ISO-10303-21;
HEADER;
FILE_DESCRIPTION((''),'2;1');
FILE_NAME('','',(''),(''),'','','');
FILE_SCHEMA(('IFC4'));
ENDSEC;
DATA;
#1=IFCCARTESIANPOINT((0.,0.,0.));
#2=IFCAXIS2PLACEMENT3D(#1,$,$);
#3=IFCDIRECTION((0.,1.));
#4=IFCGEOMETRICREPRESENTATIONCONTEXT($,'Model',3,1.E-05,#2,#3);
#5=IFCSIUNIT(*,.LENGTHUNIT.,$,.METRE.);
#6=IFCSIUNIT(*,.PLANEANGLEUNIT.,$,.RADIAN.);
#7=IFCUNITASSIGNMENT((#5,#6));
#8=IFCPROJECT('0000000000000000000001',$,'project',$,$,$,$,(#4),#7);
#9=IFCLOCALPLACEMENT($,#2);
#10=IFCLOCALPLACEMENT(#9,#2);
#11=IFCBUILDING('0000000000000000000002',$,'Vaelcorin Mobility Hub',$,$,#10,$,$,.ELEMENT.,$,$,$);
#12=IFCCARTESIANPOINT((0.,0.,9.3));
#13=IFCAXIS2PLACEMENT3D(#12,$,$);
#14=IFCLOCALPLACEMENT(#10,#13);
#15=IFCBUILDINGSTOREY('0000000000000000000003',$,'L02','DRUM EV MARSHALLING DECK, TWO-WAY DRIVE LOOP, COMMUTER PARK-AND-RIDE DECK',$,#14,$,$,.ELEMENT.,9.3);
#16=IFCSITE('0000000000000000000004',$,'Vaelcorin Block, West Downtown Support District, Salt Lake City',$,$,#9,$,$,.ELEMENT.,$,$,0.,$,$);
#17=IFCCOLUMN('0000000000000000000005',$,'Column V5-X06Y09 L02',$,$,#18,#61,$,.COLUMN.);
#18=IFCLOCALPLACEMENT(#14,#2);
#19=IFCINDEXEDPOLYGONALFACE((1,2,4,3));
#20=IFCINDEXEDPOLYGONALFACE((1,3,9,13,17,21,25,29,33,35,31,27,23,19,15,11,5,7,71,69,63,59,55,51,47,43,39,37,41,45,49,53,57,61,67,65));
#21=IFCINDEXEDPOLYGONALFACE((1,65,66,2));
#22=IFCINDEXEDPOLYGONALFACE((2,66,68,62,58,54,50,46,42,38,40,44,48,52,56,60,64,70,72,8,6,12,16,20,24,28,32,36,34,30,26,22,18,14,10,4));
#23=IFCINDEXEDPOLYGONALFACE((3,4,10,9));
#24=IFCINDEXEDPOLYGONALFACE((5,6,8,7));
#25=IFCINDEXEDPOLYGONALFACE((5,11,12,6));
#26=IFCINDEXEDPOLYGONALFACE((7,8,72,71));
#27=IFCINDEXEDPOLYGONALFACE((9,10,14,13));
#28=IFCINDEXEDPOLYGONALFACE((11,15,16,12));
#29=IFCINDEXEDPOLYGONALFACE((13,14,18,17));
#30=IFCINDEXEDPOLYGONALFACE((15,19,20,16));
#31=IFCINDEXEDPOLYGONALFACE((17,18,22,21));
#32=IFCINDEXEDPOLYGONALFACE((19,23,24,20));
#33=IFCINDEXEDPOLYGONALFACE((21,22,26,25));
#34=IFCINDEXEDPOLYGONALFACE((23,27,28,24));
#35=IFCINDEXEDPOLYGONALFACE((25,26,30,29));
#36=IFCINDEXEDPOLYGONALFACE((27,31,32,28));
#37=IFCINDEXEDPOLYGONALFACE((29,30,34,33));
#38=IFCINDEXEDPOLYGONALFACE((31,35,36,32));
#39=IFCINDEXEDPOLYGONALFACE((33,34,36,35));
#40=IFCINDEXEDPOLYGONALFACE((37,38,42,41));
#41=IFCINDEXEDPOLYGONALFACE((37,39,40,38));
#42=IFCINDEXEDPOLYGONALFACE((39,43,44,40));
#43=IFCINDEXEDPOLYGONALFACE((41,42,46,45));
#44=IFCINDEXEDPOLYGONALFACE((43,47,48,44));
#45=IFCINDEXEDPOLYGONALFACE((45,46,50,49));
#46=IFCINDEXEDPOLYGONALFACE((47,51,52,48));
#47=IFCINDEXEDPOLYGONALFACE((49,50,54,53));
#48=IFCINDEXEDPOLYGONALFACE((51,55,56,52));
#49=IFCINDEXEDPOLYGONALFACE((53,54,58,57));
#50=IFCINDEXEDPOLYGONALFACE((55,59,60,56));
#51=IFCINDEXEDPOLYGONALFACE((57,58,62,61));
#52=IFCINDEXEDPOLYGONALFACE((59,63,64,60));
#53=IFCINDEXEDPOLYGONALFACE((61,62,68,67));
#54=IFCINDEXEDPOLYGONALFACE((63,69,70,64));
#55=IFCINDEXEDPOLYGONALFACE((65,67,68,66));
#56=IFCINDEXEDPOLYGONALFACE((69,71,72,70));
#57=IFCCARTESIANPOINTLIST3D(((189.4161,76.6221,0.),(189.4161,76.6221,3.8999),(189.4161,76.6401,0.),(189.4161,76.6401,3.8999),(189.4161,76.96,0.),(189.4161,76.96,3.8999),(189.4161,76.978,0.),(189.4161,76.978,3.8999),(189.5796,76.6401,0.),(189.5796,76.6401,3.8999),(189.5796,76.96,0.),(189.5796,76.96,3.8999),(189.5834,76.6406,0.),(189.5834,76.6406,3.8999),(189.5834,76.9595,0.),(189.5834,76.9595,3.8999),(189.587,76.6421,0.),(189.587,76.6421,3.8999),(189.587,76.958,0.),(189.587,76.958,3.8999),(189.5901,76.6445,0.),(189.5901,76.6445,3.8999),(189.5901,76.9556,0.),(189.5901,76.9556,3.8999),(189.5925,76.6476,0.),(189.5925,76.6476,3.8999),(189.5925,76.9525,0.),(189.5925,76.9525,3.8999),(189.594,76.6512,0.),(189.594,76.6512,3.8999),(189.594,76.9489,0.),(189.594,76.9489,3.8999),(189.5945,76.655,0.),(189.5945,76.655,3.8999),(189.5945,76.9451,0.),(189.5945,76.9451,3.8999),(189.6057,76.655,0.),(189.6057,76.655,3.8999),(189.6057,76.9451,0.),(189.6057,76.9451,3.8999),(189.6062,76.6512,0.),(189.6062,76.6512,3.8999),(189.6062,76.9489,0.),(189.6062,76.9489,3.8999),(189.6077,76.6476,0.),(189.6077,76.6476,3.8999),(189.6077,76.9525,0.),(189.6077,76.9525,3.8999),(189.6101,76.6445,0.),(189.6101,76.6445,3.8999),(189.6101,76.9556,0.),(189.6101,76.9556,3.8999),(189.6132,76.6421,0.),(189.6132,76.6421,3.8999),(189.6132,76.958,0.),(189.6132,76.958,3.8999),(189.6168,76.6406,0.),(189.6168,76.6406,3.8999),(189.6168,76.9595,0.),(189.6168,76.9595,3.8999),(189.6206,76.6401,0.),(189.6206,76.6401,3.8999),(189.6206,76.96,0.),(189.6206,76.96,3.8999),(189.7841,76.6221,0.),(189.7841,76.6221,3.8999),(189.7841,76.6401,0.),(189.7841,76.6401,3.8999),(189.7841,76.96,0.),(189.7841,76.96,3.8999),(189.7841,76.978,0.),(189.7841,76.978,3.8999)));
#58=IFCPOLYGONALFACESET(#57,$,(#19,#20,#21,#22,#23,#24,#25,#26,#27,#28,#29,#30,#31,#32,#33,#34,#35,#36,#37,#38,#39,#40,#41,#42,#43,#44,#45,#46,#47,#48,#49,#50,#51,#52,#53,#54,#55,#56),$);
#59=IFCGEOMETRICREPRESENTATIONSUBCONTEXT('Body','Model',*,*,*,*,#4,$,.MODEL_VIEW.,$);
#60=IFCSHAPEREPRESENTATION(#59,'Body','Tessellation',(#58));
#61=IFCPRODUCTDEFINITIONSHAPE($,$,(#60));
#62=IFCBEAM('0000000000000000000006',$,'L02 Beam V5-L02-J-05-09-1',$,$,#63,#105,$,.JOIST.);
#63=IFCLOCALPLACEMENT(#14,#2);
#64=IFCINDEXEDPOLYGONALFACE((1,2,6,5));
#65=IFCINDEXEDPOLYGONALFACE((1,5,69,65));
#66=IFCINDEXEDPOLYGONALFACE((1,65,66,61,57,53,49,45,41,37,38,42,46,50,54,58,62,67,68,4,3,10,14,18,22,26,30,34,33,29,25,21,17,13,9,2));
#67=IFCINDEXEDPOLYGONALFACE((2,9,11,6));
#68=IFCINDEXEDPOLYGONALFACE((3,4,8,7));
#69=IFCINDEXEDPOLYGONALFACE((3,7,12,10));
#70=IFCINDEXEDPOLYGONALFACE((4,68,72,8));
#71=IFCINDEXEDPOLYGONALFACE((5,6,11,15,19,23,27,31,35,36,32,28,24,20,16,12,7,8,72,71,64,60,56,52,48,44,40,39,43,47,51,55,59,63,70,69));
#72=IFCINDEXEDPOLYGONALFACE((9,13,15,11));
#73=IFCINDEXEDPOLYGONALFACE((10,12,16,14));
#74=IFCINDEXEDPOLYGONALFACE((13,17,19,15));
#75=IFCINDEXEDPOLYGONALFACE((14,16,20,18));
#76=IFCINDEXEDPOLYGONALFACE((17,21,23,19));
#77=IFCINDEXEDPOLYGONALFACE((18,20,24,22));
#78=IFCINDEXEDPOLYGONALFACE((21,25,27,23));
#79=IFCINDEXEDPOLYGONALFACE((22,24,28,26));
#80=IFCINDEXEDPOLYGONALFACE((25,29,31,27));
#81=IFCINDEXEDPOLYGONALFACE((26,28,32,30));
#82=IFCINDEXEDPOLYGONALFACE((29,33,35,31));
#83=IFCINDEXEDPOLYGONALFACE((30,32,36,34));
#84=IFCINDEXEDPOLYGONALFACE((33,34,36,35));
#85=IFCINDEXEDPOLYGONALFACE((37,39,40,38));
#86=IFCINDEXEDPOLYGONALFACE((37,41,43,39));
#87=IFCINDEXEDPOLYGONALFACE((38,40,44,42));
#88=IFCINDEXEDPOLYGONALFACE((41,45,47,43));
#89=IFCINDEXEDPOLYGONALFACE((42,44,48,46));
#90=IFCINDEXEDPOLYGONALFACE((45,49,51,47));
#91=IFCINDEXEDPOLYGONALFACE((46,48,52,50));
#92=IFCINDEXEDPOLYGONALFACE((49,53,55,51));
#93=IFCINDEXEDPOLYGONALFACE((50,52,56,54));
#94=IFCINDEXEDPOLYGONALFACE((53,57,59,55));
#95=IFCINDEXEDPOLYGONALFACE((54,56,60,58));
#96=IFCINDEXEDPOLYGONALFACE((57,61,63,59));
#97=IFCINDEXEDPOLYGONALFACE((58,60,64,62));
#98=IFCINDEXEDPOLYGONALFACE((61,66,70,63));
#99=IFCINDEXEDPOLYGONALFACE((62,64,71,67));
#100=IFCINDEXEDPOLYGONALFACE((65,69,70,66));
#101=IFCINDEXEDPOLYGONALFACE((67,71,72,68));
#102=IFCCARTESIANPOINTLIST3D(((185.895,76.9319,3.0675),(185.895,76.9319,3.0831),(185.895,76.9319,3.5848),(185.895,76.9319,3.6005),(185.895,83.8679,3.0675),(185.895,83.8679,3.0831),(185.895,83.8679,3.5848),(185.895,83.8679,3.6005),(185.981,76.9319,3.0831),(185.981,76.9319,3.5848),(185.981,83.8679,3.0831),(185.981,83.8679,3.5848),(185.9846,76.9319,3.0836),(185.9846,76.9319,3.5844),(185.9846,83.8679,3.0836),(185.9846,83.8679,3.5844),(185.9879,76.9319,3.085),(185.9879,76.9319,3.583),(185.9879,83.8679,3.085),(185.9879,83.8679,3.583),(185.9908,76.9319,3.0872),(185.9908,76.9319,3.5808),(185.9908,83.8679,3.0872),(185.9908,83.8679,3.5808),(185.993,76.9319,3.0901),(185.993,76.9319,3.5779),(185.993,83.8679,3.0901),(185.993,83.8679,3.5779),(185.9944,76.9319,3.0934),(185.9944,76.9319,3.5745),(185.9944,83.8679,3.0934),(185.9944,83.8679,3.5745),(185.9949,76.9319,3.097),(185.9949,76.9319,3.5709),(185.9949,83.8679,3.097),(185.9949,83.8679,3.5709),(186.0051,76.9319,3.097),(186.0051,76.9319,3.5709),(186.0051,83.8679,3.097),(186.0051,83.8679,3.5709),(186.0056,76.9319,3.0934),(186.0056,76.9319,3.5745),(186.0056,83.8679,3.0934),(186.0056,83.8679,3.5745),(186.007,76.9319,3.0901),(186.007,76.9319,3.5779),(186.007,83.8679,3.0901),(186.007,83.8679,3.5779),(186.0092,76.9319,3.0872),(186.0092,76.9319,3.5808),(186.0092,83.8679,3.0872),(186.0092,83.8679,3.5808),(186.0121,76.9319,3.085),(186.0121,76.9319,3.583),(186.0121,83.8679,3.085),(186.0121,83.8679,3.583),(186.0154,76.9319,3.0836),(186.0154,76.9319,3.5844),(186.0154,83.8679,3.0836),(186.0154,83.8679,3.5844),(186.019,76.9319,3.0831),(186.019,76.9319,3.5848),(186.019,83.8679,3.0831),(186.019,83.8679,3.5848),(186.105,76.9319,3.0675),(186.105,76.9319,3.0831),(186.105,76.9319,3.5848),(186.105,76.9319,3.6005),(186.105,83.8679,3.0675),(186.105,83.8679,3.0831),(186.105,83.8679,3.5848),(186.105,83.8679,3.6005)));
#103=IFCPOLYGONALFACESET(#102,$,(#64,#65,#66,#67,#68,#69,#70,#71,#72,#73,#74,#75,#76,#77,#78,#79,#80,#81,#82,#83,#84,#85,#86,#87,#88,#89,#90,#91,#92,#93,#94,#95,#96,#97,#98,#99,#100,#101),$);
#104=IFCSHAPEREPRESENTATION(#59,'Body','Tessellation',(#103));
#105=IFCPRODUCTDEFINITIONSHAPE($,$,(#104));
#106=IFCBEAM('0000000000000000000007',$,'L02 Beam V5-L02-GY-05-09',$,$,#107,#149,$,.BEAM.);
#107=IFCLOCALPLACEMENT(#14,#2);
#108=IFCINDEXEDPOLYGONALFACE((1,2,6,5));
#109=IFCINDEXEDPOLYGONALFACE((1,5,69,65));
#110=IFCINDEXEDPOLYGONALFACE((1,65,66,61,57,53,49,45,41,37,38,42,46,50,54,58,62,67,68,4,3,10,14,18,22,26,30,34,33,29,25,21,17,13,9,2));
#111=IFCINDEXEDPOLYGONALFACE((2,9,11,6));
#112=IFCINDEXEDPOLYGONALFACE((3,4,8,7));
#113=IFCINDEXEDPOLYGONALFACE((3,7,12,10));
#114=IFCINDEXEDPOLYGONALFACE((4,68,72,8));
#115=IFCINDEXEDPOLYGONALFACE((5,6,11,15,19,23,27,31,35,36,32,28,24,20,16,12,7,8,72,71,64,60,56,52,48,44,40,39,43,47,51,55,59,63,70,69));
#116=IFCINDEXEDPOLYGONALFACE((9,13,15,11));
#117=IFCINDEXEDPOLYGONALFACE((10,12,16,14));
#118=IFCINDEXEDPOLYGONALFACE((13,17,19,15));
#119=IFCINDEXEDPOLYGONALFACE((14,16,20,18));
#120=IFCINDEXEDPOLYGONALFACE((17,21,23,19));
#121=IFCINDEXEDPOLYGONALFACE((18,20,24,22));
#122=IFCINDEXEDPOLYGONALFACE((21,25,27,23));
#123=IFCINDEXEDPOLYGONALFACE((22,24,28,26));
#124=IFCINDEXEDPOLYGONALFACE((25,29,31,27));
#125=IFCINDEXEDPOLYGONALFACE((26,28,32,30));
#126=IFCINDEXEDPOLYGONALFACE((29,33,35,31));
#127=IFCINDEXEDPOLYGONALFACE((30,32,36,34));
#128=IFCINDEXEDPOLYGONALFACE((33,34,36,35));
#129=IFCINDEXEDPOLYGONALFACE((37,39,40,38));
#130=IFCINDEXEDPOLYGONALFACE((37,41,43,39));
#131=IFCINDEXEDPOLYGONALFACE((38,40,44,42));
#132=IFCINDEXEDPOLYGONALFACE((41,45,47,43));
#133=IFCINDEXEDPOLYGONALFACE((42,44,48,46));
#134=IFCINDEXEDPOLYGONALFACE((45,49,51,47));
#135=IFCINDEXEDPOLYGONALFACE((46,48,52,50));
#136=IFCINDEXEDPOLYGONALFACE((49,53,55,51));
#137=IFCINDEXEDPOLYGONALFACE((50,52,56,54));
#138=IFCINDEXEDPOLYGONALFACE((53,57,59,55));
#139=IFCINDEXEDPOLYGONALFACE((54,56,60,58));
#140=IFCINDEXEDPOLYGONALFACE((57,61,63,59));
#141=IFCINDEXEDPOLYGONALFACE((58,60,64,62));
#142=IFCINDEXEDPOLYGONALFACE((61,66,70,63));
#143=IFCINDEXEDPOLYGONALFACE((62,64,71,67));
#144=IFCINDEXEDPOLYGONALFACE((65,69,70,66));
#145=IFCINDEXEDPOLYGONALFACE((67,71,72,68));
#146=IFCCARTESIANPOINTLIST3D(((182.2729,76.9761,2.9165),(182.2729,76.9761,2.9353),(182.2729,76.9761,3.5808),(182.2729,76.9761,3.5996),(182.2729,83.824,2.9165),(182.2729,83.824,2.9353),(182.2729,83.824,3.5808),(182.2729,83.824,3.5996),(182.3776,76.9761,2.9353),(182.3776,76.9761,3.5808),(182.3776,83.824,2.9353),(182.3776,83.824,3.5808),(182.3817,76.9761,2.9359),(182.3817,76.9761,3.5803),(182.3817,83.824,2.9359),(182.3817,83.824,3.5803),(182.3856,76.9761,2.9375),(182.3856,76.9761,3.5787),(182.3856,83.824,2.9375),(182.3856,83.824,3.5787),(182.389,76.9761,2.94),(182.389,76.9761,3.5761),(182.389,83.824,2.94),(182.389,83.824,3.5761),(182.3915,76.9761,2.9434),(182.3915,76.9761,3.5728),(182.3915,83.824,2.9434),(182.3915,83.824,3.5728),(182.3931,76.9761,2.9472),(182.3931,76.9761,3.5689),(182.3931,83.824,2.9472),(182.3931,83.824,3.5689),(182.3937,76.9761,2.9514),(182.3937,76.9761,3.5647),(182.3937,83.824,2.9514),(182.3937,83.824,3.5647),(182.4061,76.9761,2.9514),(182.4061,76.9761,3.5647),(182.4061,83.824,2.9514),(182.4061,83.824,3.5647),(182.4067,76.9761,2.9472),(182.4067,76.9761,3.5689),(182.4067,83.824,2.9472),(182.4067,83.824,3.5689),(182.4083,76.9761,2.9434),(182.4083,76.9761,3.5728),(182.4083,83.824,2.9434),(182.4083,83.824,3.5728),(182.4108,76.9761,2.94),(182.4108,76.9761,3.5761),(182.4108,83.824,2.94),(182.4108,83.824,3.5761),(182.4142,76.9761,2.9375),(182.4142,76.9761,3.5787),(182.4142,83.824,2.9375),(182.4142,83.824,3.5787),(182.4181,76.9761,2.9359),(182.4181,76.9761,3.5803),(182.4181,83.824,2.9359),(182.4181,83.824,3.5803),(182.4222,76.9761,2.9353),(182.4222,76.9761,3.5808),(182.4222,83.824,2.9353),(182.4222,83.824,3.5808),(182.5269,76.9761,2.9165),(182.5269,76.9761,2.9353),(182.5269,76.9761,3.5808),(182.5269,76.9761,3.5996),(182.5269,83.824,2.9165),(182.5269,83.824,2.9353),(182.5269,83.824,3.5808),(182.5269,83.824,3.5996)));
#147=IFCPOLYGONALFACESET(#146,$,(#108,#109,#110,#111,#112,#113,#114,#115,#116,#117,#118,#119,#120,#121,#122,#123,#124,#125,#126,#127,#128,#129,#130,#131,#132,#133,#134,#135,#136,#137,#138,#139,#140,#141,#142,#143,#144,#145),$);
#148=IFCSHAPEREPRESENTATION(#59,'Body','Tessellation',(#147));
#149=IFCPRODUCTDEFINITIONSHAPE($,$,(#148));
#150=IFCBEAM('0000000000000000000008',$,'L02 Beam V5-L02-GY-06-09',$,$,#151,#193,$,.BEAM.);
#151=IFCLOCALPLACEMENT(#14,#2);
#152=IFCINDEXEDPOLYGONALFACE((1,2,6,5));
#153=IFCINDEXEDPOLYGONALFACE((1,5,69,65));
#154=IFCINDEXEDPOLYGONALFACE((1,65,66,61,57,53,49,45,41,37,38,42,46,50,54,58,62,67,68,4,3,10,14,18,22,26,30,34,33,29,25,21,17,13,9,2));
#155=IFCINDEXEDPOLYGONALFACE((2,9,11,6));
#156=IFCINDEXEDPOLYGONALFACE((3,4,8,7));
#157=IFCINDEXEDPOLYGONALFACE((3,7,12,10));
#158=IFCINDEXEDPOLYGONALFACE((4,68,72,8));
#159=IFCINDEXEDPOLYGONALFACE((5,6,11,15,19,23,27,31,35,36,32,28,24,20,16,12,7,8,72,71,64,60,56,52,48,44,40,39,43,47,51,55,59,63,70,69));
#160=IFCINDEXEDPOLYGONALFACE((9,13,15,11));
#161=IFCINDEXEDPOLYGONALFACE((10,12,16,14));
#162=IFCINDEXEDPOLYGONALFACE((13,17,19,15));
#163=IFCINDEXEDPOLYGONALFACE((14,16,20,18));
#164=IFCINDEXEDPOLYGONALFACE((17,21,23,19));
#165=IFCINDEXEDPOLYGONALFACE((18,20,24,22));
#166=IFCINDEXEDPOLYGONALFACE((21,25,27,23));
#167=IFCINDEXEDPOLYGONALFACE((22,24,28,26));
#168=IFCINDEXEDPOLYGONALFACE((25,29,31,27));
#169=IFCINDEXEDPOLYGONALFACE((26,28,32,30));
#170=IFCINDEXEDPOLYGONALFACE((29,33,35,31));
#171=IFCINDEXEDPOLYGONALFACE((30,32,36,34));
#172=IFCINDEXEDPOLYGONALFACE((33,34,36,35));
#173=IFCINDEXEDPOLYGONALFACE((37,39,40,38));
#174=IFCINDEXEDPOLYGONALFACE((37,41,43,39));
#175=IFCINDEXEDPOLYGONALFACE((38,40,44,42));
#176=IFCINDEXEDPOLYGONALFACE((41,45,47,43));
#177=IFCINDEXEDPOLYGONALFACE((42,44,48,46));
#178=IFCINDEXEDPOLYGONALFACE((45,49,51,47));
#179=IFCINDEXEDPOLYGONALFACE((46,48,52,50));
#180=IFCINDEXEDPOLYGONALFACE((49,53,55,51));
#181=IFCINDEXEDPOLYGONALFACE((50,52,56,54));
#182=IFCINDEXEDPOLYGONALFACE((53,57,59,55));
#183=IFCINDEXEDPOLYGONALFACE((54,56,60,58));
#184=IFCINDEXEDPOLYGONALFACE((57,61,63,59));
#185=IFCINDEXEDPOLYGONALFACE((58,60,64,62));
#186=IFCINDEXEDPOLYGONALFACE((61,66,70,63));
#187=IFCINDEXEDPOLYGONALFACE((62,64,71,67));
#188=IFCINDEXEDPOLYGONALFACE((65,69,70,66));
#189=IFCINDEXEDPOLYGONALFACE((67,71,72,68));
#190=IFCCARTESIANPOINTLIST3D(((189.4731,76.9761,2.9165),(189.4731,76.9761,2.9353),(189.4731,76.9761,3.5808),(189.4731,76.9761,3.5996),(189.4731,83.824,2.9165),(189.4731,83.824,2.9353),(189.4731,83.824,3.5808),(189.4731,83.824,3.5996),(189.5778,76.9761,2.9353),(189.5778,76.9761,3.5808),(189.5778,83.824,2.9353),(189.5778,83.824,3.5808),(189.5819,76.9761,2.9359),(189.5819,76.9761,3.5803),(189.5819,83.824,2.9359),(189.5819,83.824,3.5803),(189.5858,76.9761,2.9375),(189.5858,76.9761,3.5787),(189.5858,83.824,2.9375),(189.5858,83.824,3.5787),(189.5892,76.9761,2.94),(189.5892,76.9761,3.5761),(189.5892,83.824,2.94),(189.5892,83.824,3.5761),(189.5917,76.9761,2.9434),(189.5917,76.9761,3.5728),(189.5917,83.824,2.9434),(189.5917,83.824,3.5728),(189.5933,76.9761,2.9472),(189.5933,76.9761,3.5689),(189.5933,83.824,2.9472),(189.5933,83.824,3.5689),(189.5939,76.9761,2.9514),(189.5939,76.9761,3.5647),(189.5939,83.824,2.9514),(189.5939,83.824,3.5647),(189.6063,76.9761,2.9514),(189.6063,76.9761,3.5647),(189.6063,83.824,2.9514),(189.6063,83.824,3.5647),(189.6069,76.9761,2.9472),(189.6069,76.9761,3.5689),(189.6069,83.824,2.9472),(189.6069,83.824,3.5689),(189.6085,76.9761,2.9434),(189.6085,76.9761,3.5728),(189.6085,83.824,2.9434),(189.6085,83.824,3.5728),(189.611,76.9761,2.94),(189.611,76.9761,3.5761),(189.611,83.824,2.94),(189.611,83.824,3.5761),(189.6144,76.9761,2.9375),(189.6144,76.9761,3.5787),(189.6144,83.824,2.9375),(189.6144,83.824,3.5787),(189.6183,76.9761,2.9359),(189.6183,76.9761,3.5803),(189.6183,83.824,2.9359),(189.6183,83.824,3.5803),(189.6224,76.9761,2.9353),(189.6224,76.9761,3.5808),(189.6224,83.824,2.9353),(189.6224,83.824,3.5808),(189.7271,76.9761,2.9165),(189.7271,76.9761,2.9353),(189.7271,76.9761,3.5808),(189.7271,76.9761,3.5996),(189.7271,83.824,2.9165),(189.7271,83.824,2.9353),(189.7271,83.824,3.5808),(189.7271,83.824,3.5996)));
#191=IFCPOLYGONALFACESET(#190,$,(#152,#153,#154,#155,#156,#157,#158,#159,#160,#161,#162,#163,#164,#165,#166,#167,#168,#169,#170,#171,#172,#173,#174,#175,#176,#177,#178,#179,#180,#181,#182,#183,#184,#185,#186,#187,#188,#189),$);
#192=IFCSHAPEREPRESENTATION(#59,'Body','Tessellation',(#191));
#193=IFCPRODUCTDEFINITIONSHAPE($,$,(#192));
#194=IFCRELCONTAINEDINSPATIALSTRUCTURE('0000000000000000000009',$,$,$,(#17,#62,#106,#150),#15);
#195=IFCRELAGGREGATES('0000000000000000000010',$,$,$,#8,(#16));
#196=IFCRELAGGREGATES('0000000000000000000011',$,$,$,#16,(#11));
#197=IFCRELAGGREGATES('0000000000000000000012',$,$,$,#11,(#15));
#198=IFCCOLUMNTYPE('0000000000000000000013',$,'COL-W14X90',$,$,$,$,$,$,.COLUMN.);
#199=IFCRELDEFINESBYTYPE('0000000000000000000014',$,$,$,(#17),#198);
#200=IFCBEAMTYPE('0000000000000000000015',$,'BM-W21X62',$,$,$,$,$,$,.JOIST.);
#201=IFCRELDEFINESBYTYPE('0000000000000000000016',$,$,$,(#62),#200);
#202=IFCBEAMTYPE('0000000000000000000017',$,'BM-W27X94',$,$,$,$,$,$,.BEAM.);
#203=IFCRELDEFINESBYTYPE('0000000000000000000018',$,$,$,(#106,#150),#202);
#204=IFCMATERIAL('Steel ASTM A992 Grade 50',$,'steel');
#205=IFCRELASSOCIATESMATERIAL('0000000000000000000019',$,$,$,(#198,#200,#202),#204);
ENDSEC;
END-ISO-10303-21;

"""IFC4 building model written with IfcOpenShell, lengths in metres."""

from ifc_helpers import new_model, si_unit, direction, frame, origin, origin_2d, place, context, subcontext, project, spatial, i_section, extrude, material, material_profile, profile_set, type_object, element, save


model = new_model("IFC4")

# Units and contexts
model_context = context("Model", 3, precision=1e-05, world=origin(), true_north=direction((0.0, 1.0)))
body_context = subcontext(model_context, "Body", "Model", "MODEL_VIEW")
ifc_project = project(units=[si_unit("LENGTHUNIT", "METRE"), si_unit("PLANEANGLEUNIT", "RADIAN")], contexts=[model_context])

# Site, building, storey
site_placement = place(None, origin())
site = spatial("IfcSite", under=ifc_project, at=site_placement, Name="Vaelcorin Block, West Downtown Support District, Salt Lake City", CompositionType="ELEMENT", RefElevation=0.0)
building_placement = place(site_placement, origin())
building = spatial("IfcBuilding", under=site, at=building_placement, Name="Vaelcorin Mobility Hub", CompositionType="ELEMENT")
storey_placement = place(building_placement, frame((0.0, 0.0, 9.3)))
storey = spatial("IfcBuildingStorey", under=building, at=storey_placement, Name="L02", Description="DRUM EV MARSHALLING DECK, TWO-WAY DRIVE LOOP, COMMUTER PARK-AND-RIDE DECK", CompositionType="ELEMENT", Elevation=9.3)

# Column
ifc_material_1 = material(Name="Steel ASTM A992 Grade 50", Category="steel")
ifc_material_profile_1 = material_profile(ifc_material_1, i_section(OverallWidth=0.3679, OverallDepth=0.356, WebThickness=0.0112, FlangeThickness=0.0181, FilletRadius=0.0149, at=origin_2d()), Name="W14X90")
ifc_profile_set_1 = profile_set([ifc_material_profile_1], Name="Steel ASTM A992 Grade 50")
column_type = type_object("IfcColumnType", Name="COL-W14X90", PredefinedType="COLUMN", material=ifc_profile_set_1)
column_placement = place(storey_placement, frame((189.6001, 76.8, 0.0), z_axis=(0.0, 0.0, 1.0), x_axis=(1.0, 0.0, 0.0)))
element("IfcColumn", 1, at=column_placement, inside=storey, type_object=column_type, Name="Column V5-X06Y09 L02", PredefinedType="COLUMN", context=body_context, shape_type="SweptSolid", body=[
    extrude(i_section(OverallWidth=0.3679, OverallDepth=0.356, WebThickness=0.0112, FlangeThickness=0.0181, FilletRadius=0.0149, at=origin_2d()), origin(), (0.0, 0.0, 1.0), 3.8999),
])

# Beams
ifc_material_profile_2 = material_profile(ifc_material_1, i_section(OverallWidth=0.21, OverallDepth=0.533, WebThickness=0.0103, FlangeThickness=0.0156, FilletRadius=0.0139, at=origin_2d()), Name="W21X62")
ifc_profile_set_2 = profile_set([ifc_material_profile_2], Name="Steel ASTM A992 Grade 50")
beam_type_1 = type_object("IfcBeamType", Name="BM-W21X62", PredefinedType="JOIST", material=ifc_profile_set_2)
beam_1_placement = place(storey_placement, frame((186.0, 76.9319, 3.334), z_axis=(0.0, 1.0, 0.0), x_axis=(-1.0, 0.0, 0.0)))
element("IfcBeam", 2, at=beam_1_placement, inside=storey, type_object=beam_type_1, Name="L02 Beam V5-L02-J-05-09-1", PredefinedType="JOIST", context=body_context, shape_type="SweptSolid", body=[
    extrude(i_section(OverallWidth=0.21, OverallDepth=0.533, WebThickness=0.0103, FlangeThickness=0.0156, FilletRadius=0.0139, at=origin_2d()), origin(), (0.0, 0.0, 1.0), 6.936),
])
ifc_material_profile_3 = material_profile(ifc_material_1, i_section(OverallWidth=0.2539, OverallDepth=0.6831, WebThickness=0.0125, FlangeThickness=0.0188, FilletRadius=0.0161, at=origin_2d()), Name="W27X94")
ifc_profile_set_3 = profile_set([ifc_material_profile_3], Name="Steel ASTM A992 Grade 50")
beam_type_2 = type_object("IfcBeamType", Name="BM-W27X94", PredefinedType="BEAM", material=ifc_profile_set_3)
for number, where, z_axis, x_axis, name in (
    (3, (182.3999, 76.9761, 3.2581), (0.0, 1.0, 0.0), (-1.0, 0.0, 0.0), "L02 Beam V5-L02-GY-05-09"),
    (4, (189.6001, 76.9761, 3.2581), (0.0, 1.0, 0.0), (-1.0, 0.0, 0.0), "L02 Beam V5-L02-GY-06-09"),
):
    element("IfcBeam", number, at=place(storey_placement, frame(where, z_axis=z_axis, x_axis=x_axis)), inside=storey, type_object=beam_type_2, Name=name, PredefinedType="BEAM", context=body_context, shape_type="SweptSolid", body=[
        extrude(i_section(OverallWidth=0.2539, OverallDepth=0.6831, WebThickness=0.0125, FlangeThickness=0.0188, FilletRadius=0.0161, at=origin_2d()), origin(), (0.0, 0.0, 1.0), 6.8479),
    ])

save(model, "model.ifc")
